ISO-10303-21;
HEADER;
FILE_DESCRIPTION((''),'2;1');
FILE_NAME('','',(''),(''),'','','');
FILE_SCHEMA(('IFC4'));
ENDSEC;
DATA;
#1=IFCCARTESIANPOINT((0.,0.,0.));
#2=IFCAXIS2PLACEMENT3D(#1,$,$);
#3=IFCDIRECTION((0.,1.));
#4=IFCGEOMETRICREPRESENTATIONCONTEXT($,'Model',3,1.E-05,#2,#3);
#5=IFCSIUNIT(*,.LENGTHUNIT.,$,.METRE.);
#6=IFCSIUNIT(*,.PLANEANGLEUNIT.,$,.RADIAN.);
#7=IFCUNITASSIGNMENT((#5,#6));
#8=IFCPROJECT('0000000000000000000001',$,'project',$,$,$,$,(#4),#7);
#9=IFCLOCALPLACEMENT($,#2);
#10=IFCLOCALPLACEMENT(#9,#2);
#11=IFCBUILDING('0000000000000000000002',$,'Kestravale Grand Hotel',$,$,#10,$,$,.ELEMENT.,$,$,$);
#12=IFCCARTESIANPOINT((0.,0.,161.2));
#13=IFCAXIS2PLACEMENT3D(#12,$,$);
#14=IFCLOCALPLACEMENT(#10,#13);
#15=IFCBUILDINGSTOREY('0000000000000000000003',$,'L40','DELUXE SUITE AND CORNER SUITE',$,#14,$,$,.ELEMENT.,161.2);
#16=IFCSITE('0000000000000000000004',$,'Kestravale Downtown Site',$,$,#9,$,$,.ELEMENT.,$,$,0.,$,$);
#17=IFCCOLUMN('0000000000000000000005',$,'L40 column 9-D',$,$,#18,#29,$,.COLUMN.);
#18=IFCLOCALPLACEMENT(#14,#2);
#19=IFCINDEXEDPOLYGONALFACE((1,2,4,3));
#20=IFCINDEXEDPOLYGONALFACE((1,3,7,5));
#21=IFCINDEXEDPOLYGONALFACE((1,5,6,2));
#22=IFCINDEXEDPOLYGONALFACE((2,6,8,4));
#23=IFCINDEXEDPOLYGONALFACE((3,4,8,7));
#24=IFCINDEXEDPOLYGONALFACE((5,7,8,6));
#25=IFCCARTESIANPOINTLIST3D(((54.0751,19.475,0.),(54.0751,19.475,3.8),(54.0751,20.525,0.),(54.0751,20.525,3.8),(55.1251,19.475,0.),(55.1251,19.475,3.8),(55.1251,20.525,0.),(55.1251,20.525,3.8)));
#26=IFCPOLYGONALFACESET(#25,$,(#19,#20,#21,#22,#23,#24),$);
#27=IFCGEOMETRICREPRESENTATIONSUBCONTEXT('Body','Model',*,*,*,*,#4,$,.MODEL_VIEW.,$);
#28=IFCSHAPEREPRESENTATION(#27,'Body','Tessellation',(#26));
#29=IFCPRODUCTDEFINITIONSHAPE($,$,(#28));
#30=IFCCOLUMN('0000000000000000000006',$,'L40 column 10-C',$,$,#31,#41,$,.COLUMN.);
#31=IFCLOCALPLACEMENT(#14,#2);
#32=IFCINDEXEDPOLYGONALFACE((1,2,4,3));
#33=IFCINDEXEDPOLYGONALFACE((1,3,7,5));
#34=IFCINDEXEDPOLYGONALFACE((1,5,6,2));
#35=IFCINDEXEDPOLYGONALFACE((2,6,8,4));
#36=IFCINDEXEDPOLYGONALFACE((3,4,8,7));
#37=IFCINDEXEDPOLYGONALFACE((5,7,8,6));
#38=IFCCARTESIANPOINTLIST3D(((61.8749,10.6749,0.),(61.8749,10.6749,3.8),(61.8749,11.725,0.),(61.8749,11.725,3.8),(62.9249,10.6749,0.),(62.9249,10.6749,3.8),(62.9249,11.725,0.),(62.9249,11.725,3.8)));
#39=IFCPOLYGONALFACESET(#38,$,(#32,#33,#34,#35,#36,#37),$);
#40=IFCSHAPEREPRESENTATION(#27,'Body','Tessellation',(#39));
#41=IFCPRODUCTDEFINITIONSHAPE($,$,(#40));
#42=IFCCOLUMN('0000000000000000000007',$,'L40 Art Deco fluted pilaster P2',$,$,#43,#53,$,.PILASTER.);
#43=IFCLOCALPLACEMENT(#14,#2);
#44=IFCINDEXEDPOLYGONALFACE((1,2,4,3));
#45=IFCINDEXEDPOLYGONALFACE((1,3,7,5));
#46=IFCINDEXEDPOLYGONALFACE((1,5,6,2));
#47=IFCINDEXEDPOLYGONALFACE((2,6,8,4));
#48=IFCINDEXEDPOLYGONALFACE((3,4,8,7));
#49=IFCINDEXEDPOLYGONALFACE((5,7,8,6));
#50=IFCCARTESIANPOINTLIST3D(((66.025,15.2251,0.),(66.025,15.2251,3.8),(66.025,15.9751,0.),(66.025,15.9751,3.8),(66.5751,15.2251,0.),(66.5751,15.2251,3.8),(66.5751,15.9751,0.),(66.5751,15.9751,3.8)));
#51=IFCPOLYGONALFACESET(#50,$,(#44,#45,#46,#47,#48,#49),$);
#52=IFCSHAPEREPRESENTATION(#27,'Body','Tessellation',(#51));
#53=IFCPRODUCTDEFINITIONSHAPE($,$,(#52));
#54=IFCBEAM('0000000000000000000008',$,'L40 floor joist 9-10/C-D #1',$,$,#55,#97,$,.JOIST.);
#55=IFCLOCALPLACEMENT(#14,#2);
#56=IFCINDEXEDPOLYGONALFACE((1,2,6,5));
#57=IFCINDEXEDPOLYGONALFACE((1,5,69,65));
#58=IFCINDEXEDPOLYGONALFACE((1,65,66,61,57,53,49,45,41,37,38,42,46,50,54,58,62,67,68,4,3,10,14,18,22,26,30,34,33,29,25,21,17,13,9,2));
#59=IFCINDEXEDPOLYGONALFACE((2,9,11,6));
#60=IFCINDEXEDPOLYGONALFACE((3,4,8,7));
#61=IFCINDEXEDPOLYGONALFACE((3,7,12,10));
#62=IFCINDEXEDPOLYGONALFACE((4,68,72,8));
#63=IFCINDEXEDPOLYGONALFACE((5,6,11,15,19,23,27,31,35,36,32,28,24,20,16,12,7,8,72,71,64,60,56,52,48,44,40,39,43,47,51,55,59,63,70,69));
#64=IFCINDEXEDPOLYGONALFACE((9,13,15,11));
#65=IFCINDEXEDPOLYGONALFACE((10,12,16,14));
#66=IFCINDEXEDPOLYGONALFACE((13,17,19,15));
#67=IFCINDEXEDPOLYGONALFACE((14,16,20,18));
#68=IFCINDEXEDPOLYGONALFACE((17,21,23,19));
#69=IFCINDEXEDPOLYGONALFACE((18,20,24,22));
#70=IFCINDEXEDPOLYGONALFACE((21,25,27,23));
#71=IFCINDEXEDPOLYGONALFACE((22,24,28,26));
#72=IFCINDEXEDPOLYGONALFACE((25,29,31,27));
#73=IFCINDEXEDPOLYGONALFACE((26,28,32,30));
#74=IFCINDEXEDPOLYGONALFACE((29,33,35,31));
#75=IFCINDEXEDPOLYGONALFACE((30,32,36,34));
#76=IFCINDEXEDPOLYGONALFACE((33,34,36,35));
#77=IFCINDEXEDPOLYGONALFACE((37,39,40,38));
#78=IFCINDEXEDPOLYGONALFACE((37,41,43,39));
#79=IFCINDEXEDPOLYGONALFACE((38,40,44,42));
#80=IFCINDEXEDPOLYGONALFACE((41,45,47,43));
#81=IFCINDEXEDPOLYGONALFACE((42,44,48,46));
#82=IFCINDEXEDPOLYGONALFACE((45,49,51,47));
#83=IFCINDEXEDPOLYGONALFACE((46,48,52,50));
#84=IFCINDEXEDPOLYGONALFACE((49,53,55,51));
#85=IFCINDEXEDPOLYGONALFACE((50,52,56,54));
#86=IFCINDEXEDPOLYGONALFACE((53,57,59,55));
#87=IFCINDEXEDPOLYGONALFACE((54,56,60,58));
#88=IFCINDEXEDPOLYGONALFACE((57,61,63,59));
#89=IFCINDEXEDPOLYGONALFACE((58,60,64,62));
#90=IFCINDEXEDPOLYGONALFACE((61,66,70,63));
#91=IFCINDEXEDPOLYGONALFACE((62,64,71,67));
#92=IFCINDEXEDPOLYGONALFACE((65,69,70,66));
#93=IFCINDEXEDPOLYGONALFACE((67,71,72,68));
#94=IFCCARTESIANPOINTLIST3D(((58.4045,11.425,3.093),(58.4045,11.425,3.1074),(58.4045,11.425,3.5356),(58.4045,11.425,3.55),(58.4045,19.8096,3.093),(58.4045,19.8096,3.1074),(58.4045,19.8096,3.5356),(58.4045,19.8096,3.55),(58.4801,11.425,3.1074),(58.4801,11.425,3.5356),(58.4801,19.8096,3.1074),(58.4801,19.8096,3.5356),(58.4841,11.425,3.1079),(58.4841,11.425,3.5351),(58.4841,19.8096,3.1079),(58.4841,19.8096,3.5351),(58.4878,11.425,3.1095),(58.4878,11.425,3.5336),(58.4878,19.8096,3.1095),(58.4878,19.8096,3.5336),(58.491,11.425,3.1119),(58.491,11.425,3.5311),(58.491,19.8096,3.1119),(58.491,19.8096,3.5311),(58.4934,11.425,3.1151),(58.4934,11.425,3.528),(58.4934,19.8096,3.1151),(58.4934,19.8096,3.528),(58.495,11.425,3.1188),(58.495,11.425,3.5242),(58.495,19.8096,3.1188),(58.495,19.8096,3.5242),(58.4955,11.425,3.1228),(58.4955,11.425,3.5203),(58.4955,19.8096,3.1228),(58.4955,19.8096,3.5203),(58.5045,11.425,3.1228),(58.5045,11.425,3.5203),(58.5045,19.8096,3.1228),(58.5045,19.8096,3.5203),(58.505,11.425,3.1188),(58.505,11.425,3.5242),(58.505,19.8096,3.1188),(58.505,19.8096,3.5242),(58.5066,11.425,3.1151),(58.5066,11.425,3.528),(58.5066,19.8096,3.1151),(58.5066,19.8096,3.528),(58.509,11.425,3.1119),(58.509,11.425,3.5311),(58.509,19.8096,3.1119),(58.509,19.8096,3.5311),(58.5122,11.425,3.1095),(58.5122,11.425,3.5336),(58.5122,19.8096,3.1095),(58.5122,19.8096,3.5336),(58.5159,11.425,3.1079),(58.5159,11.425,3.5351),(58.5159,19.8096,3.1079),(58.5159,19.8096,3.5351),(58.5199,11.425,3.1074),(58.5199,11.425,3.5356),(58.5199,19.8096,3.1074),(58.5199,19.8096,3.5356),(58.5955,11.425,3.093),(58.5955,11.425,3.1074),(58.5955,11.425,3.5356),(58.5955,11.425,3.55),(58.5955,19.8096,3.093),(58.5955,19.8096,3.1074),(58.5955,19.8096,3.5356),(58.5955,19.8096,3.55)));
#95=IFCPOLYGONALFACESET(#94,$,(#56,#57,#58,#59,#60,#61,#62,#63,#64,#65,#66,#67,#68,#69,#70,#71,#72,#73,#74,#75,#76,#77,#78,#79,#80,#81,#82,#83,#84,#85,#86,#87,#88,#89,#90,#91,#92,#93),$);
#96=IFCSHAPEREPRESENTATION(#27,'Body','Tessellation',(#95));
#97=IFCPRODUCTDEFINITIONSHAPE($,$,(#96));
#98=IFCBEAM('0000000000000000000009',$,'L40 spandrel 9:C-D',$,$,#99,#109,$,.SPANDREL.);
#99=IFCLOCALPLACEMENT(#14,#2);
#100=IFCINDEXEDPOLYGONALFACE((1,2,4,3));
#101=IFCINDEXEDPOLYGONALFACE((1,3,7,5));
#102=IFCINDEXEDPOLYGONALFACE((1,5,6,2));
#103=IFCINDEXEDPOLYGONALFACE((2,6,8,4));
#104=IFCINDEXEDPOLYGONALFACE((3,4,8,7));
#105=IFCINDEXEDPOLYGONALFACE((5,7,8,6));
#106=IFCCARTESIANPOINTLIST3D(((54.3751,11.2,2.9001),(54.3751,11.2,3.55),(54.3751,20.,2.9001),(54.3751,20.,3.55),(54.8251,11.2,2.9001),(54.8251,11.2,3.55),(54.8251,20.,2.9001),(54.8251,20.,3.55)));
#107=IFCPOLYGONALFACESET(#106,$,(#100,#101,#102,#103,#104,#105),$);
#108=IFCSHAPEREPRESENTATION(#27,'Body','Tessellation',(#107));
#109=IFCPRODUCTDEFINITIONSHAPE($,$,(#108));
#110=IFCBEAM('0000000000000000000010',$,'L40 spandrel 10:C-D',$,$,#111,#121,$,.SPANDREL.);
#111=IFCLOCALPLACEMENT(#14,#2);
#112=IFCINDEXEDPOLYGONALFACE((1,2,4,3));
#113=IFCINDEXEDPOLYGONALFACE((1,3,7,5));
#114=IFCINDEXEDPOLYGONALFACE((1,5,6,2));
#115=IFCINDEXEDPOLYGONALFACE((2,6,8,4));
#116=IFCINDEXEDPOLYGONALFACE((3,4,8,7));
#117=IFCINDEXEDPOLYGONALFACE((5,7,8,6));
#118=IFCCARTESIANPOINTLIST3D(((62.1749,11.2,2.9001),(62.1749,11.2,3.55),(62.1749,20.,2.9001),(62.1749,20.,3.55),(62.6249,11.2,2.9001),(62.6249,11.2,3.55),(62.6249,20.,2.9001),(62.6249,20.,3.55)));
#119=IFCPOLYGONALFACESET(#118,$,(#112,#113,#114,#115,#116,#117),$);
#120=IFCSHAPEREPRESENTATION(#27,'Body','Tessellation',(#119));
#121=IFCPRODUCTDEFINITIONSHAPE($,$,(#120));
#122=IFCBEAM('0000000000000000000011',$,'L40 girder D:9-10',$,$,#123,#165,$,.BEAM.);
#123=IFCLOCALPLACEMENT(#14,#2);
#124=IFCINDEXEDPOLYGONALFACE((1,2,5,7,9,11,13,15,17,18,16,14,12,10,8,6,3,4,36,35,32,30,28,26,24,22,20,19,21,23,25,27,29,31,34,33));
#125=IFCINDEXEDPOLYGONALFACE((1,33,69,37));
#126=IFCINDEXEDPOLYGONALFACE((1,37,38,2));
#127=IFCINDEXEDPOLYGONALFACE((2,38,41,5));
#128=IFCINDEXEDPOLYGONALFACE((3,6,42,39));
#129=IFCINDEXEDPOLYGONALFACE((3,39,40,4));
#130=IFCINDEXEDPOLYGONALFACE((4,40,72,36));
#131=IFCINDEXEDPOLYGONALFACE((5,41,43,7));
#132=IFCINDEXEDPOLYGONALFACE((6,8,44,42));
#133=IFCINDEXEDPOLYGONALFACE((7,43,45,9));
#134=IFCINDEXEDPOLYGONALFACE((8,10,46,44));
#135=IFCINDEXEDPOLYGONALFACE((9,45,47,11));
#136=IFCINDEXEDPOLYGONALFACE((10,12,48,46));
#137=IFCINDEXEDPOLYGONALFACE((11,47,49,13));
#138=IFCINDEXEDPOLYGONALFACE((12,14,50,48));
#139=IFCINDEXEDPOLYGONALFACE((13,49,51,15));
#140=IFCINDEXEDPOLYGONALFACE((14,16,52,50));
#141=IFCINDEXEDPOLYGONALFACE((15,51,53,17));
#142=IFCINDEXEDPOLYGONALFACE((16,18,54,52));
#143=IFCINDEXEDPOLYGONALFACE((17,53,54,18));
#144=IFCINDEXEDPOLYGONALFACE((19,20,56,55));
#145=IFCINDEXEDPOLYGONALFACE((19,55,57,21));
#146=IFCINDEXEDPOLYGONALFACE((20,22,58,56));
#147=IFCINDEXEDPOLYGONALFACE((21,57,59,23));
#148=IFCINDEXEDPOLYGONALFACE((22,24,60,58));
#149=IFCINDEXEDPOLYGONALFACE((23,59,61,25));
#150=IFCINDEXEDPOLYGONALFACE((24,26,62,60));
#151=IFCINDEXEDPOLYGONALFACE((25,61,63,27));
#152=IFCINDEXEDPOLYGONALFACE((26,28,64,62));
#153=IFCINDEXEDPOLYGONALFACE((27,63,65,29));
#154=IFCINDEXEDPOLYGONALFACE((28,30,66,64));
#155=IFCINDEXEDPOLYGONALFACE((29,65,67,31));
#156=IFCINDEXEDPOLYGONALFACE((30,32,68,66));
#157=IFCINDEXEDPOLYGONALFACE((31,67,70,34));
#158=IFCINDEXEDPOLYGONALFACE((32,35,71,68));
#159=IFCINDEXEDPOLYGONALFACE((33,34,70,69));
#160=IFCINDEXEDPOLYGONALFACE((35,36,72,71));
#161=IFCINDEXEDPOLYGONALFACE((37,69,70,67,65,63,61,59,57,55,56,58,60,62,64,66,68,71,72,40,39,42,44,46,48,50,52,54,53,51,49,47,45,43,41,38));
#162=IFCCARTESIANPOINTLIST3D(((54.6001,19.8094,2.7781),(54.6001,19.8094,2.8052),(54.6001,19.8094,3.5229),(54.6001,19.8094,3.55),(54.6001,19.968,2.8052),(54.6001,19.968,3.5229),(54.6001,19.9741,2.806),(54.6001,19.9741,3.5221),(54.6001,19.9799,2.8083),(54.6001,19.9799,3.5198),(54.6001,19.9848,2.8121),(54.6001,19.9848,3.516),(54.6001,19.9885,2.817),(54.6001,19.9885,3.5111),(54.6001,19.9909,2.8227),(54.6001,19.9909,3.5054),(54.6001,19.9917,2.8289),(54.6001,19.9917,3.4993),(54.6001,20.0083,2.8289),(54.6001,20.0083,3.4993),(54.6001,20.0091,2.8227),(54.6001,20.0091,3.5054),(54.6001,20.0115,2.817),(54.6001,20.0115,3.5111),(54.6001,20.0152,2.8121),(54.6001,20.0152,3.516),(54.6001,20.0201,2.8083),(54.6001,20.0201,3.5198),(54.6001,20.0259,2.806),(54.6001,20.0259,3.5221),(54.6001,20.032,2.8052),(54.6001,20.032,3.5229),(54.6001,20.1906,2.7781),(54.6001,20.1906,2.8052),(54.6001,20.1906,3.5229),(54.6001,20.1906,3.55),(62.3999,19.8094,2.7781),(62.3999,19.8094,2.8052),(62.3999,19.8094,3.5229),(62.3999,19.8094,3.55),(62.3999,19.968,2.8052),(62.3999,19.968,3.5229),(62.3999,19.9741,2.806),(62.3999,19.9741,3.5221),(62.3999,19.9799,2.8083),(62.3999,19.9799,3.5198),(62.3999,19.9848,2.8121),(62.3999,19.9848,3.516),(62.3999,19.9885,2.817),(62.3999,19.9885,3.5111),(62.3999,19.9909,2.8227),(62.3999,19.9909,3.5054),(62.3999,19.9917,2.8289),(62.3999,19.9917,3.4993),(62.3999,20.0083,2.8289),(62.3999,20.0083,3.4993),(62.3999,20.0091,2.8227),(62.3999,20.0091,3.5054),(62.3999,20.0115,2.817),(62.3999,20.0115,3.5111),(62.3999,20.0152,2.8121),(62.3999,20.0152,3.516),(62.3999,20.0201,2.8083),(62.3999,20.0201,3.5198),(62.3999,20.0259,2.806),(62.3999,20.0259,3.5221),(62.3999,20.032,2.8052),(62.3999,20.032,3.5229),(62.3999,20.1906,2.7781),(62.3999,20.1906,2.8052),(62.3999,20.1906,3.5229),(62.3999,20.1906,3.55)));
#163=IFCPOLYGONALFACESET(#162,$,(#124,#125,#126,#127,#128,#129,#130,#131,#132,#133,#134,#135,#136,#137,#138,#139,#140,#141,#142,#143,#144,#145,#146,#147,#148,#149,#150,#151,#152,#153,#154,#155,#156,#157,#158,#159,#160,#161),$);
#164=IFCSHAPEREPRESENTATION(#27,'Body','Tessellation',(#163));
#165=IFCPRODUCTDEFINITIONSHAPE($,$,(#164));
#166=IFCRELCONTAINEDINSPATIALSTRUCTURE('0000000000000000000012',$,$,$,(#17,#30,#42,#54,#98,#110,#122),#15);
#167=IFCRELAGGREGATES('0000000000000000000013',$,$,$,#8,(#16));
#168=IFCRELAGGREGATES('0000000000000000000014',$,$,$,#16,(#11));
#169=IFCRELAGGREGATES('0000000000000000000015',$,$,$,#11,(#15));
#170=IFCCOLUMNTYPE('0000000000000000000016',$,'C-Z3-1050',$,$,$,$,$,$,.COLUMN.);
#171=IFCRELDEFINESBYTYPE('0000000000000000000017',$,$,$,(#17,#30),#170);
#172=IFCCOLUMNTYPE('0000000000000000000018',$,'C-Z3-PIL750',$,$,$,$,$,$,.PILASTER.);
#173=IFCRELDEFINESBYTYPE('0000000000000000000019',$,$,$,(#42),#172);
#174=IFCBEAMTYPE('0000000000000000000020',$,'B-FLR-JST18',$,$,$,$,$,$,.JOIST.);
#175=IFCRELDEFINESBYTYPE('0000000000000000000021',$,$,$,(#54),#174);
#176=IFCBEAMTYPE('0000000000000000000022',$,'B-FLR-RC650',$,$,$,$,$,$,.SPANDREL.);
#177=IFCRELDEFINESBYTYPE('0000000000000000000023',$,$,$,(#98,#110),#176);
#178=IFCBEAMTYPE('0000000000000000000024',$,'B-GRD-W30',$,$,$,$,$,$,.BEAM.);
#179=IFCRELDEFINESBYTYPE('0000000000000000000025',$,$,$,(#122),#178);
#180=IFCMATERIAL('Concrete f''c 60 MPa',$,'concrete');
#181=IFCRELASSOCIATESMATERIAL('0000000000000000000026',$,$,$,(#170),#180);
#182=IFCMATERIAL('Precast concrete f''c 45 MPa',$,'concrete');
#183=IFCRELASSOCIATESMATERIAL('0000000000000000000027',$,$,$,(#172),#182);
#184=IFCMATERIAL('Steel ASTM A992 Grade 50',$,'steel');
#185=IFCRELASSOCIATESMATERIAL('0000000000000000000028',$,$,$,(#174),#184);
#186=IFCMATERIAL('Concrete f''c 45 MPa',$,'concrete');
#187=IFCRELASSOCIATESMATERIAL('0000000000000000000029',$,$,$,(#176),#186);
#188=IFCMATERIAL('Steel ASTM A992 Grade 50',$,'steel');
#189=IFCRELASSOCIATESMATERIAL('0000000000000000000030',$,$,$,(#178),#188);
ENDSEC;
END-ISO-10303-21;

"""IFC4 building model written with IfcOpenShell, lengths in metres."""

from ifc_helpers import new_model, si_unit, direction, frame, origin, origin_2d, place, context, subcontext, project, spatial, rectangle, i_section, extrude, material, material_profile, profile_set, type_object, element, save


model = new_model("IFC4")

# Units and contexts
model_context = context("Model", 3, precision=1e-05, world=origin(), true_north=direction((0.0, 1.0)))
body_context = subcontext(model_context, "Body", "Model", "MODEL_VIEW")
ifc_project = project(units=[si_unit("LENGTHUNIT", "METRE"), si_unit("PLANEANGLEUNIT", "RADIAN")], contexts=[model_context])

# Site, building, storey
site_placement = place(None, origin())
site = spatial("IfcSite", under=ifc_project, at=site_placement, Name="Kestravale Downtown Site", CompositionType="ELEMENT", RefElevation=0.0)
building_placement = place(site_placement, origin())
building = spatial("IfcBuilding", under=site, at=building_placement, Name="Kestravale Grand Hotel", CompositionType="ELEMENT")
storey_placement = place(building_placement, frame((0.0, 0.0, 161.2)))
storey = spatial("IfcBuildingStorey", under=building, at=storey_placement, Name="L40", Description="DELUXE SUITE AND CORNER SUITE", CompositionType="ELEMENT", Elevation=161.2)

# Columns
ifc_material_1 = material(Name="Concrete f'c 60 MPa", Category="concrete")
ifc_material_profile_1 = material_profile(ifc_material_1, rectangle(XDim=1.05, YDim=1.05, at=origin_2d()))
ifc_profile_set_1 = profile_set([ifc_material_profile_1], Name="Concrete f'c 60 MPa")
column_type_1 = type_object("IfcColumnType", Name="C-Z3-1050", PredefinedType="COLUMN", material=ifc_profile_set_1)
for number, where, z_axis, x_axis, name in (
    (1, (54.6001, 20.0, 0.0), (0.0, 0.0, 1.0), (1.0, 0.0, 0.0), "L40 column 9-D"),
    (2, (62.3999, 11.2, 0.0), (0.0, 0.0, 1.0), (1.0, 0.0, 0.0), "L40 column 10-C"),
):
    element("IfcColumn", number, at=place(storey_placement, frame(where, z_axis=z_axis, x_axis=x_axis)), inside=storey, type_object=column_type_1, Name=name, PredefinedType="COLUMN", context=body_context, shape_type="SweptSolid", body=[
        extrude(rectangle(XDim=1.05, YDim=1.05, at=origin_2d()), origin(), (0.0, 0.0, 1.0), 3.8),
    ])
ifc_material_2 = material(Name="Precast concrete f'c 45 MPa", Category="concrete")
ifc_material_profile_2 = material_profile(ifc_material_2, rectangle(XDim=0.55, YDim=0.75, at=origin_2d()))
ifc_profile_set_2 = profile_set([ifc_material_profile_2], Name="Precast concrete f'c 45 MPa")
column_type_2 = type_object("IfcColumnType", Name="C-Z3-PIL750", PredefinedType="PILASTER", material=ifc_profile_set_2)
column_placement = place(storey_placement, frame((66.3, 15.6001, 0.0), z_axis=(0.0, 0.0, 1.0), x_axis=(1.0, 0.0, 0.0)))
element("IfcColumn", 3, at=column_placement, inside=storey, type_object=column_type_2, Name="L40 Art Deco fluted pilaster P2", PredefinedType="PILASTER", context=body_context, shape_type="SweptSolid", body=[
    extrude(rectangle(XDim=0.55, YDim=0.75, at=origin_2d()), origin(), (0.0, 0.0, 1.0), 3.8),
])

# Beams
ifc_material_3 = material(Name="Steel ASTM A992 Grade 50", Category="steel")
ifc_material_profile_3 = material_profile(ifc_material_3, i_section(OverallWidth=0.1909, OverallDepth=0.457, WebThickness=0.009, FlangeThickness=0.0144, FilletRadius=0.0154, at=origin_2d()))
ifc_profile_set_3 = profile_set([ifc_material_profile_3], Name="Steel ASTM A992 Grade 50")
beam_type_1 = type_object("IfcBeamType", Name="B-FLR-JST18", PredefinedType="JOIST", material=ifc_profile_set_3)
beam_1_placement = place(storey_placement, frame((58.5, 11.425, 3.3215), z_axis=(0.0, 1.0, 0.0), x_axis=(-1.0, 0.0, 0.0)))
element("IfcBeam", 4, at=beam_1_placement, inside=storey, type_object=beam_type_1, Name="L40 floor joist 9-10/C-D #1", PredefinedType="JOIST", context=body_context, shape_type="SweptSolid", body=[
    extrude(i_section(OverallWidth=0.1909, OverallDepth=0.457, WebThickness=0.009, FlangeThickness=0.0144, FilletRadius=0.0154, at=origin_2d()), origin(), (0.0, 0.0, 1.0), 8.3845),
])
ifc_material_4 = material(Name="Concrete f'c 45 MPa", Category="concrete")
ifc_material_profile_4 = material_profile(ifc_material_4, rectangle(XDim=0.45, YDim=0.6499, at=origin_2d()))
ifc_profile_set_4 = profile_set([ifc_material_profile_4], Name="Concrete f'c 45 MPa")
beam_type_2 = type_object("IfcBeamType", Name="B-FLR-RC650", PredefinedType="SPANDREL", material=ifc_profile_set_4)
for number, where, z_axis, x_axis, name in (
    (5, (54.6001, 11.2, 3.2251), (0.0, 1.0, 0.0), (-1.0, 0.0, 0.0), "L40 spandrel 9:C-D"),
    (6, (62.3999, 11.2, 3.2251), (0.0, 1.0, 0.0), (-1.0, 0.0, 0.0), "L40 spandrel 10:C-D"),
):
    element("IfcBeam", number, at=place(storey_placement, frame(where, z_axis=z_axis, x_axis=x_axis)), inside=storey, type_object=beam_type_2, Name=name, PredefinedType="SPANDREL", context=body_context, shape_type="SweptSolid", body=[
        extrude(rectangle(XDim=0.45, YDim=0.6499, at=origin_2d()), origin(), (0.0, 0.0, 1.0), 8.8),
    ])
ifc_material_5 = material(Name="Steel ASTM A992 Grade 50", Category="steel")
ifc_material_profile_5 = material_profile(ifc_material_5, i_section(OverallWidth=0.3811, OverallDepth=0.772, WebThickness=0.0166, FlangeThickness=0.0271, FilletRadius=0.0237, at=origin_2d()))
ifc_profile_set_5 = profile_set([ifc_material_profile_5], Name="Steel ASTM A992 Grade 50")
beam_type_3 = type_object("IfcBeamType", Name="B-GRD-W30", PredefinedType="BEAM", material=ifc_profile_set_5)
beam_2_placement = place(storey_placement, frame((54.6001, 20.0, 3.1641), z_axis=(1.0, 0.0, 0.0), x_axis=(0.0, 1.0, 0.0)))
element("IfcBeam", 7, at=beam_2_placement, inside=storey, type_object=beam_type_3, Name="L40 girder D:9-10", PredefinedType="BEAM", context=body_context, shape_type="SweptSolid", body=[
    extrude(i_section(OverallWidth=0.3811, OverallDepth=0.772, WebThickness=0.0166, FlangeThickness=0.0271, FilletRadius=0.0237, at=origin_2d()), origin(), (0.0, 0.0, 1.0), 7.7998),
])

save(model, "model.ifc")
